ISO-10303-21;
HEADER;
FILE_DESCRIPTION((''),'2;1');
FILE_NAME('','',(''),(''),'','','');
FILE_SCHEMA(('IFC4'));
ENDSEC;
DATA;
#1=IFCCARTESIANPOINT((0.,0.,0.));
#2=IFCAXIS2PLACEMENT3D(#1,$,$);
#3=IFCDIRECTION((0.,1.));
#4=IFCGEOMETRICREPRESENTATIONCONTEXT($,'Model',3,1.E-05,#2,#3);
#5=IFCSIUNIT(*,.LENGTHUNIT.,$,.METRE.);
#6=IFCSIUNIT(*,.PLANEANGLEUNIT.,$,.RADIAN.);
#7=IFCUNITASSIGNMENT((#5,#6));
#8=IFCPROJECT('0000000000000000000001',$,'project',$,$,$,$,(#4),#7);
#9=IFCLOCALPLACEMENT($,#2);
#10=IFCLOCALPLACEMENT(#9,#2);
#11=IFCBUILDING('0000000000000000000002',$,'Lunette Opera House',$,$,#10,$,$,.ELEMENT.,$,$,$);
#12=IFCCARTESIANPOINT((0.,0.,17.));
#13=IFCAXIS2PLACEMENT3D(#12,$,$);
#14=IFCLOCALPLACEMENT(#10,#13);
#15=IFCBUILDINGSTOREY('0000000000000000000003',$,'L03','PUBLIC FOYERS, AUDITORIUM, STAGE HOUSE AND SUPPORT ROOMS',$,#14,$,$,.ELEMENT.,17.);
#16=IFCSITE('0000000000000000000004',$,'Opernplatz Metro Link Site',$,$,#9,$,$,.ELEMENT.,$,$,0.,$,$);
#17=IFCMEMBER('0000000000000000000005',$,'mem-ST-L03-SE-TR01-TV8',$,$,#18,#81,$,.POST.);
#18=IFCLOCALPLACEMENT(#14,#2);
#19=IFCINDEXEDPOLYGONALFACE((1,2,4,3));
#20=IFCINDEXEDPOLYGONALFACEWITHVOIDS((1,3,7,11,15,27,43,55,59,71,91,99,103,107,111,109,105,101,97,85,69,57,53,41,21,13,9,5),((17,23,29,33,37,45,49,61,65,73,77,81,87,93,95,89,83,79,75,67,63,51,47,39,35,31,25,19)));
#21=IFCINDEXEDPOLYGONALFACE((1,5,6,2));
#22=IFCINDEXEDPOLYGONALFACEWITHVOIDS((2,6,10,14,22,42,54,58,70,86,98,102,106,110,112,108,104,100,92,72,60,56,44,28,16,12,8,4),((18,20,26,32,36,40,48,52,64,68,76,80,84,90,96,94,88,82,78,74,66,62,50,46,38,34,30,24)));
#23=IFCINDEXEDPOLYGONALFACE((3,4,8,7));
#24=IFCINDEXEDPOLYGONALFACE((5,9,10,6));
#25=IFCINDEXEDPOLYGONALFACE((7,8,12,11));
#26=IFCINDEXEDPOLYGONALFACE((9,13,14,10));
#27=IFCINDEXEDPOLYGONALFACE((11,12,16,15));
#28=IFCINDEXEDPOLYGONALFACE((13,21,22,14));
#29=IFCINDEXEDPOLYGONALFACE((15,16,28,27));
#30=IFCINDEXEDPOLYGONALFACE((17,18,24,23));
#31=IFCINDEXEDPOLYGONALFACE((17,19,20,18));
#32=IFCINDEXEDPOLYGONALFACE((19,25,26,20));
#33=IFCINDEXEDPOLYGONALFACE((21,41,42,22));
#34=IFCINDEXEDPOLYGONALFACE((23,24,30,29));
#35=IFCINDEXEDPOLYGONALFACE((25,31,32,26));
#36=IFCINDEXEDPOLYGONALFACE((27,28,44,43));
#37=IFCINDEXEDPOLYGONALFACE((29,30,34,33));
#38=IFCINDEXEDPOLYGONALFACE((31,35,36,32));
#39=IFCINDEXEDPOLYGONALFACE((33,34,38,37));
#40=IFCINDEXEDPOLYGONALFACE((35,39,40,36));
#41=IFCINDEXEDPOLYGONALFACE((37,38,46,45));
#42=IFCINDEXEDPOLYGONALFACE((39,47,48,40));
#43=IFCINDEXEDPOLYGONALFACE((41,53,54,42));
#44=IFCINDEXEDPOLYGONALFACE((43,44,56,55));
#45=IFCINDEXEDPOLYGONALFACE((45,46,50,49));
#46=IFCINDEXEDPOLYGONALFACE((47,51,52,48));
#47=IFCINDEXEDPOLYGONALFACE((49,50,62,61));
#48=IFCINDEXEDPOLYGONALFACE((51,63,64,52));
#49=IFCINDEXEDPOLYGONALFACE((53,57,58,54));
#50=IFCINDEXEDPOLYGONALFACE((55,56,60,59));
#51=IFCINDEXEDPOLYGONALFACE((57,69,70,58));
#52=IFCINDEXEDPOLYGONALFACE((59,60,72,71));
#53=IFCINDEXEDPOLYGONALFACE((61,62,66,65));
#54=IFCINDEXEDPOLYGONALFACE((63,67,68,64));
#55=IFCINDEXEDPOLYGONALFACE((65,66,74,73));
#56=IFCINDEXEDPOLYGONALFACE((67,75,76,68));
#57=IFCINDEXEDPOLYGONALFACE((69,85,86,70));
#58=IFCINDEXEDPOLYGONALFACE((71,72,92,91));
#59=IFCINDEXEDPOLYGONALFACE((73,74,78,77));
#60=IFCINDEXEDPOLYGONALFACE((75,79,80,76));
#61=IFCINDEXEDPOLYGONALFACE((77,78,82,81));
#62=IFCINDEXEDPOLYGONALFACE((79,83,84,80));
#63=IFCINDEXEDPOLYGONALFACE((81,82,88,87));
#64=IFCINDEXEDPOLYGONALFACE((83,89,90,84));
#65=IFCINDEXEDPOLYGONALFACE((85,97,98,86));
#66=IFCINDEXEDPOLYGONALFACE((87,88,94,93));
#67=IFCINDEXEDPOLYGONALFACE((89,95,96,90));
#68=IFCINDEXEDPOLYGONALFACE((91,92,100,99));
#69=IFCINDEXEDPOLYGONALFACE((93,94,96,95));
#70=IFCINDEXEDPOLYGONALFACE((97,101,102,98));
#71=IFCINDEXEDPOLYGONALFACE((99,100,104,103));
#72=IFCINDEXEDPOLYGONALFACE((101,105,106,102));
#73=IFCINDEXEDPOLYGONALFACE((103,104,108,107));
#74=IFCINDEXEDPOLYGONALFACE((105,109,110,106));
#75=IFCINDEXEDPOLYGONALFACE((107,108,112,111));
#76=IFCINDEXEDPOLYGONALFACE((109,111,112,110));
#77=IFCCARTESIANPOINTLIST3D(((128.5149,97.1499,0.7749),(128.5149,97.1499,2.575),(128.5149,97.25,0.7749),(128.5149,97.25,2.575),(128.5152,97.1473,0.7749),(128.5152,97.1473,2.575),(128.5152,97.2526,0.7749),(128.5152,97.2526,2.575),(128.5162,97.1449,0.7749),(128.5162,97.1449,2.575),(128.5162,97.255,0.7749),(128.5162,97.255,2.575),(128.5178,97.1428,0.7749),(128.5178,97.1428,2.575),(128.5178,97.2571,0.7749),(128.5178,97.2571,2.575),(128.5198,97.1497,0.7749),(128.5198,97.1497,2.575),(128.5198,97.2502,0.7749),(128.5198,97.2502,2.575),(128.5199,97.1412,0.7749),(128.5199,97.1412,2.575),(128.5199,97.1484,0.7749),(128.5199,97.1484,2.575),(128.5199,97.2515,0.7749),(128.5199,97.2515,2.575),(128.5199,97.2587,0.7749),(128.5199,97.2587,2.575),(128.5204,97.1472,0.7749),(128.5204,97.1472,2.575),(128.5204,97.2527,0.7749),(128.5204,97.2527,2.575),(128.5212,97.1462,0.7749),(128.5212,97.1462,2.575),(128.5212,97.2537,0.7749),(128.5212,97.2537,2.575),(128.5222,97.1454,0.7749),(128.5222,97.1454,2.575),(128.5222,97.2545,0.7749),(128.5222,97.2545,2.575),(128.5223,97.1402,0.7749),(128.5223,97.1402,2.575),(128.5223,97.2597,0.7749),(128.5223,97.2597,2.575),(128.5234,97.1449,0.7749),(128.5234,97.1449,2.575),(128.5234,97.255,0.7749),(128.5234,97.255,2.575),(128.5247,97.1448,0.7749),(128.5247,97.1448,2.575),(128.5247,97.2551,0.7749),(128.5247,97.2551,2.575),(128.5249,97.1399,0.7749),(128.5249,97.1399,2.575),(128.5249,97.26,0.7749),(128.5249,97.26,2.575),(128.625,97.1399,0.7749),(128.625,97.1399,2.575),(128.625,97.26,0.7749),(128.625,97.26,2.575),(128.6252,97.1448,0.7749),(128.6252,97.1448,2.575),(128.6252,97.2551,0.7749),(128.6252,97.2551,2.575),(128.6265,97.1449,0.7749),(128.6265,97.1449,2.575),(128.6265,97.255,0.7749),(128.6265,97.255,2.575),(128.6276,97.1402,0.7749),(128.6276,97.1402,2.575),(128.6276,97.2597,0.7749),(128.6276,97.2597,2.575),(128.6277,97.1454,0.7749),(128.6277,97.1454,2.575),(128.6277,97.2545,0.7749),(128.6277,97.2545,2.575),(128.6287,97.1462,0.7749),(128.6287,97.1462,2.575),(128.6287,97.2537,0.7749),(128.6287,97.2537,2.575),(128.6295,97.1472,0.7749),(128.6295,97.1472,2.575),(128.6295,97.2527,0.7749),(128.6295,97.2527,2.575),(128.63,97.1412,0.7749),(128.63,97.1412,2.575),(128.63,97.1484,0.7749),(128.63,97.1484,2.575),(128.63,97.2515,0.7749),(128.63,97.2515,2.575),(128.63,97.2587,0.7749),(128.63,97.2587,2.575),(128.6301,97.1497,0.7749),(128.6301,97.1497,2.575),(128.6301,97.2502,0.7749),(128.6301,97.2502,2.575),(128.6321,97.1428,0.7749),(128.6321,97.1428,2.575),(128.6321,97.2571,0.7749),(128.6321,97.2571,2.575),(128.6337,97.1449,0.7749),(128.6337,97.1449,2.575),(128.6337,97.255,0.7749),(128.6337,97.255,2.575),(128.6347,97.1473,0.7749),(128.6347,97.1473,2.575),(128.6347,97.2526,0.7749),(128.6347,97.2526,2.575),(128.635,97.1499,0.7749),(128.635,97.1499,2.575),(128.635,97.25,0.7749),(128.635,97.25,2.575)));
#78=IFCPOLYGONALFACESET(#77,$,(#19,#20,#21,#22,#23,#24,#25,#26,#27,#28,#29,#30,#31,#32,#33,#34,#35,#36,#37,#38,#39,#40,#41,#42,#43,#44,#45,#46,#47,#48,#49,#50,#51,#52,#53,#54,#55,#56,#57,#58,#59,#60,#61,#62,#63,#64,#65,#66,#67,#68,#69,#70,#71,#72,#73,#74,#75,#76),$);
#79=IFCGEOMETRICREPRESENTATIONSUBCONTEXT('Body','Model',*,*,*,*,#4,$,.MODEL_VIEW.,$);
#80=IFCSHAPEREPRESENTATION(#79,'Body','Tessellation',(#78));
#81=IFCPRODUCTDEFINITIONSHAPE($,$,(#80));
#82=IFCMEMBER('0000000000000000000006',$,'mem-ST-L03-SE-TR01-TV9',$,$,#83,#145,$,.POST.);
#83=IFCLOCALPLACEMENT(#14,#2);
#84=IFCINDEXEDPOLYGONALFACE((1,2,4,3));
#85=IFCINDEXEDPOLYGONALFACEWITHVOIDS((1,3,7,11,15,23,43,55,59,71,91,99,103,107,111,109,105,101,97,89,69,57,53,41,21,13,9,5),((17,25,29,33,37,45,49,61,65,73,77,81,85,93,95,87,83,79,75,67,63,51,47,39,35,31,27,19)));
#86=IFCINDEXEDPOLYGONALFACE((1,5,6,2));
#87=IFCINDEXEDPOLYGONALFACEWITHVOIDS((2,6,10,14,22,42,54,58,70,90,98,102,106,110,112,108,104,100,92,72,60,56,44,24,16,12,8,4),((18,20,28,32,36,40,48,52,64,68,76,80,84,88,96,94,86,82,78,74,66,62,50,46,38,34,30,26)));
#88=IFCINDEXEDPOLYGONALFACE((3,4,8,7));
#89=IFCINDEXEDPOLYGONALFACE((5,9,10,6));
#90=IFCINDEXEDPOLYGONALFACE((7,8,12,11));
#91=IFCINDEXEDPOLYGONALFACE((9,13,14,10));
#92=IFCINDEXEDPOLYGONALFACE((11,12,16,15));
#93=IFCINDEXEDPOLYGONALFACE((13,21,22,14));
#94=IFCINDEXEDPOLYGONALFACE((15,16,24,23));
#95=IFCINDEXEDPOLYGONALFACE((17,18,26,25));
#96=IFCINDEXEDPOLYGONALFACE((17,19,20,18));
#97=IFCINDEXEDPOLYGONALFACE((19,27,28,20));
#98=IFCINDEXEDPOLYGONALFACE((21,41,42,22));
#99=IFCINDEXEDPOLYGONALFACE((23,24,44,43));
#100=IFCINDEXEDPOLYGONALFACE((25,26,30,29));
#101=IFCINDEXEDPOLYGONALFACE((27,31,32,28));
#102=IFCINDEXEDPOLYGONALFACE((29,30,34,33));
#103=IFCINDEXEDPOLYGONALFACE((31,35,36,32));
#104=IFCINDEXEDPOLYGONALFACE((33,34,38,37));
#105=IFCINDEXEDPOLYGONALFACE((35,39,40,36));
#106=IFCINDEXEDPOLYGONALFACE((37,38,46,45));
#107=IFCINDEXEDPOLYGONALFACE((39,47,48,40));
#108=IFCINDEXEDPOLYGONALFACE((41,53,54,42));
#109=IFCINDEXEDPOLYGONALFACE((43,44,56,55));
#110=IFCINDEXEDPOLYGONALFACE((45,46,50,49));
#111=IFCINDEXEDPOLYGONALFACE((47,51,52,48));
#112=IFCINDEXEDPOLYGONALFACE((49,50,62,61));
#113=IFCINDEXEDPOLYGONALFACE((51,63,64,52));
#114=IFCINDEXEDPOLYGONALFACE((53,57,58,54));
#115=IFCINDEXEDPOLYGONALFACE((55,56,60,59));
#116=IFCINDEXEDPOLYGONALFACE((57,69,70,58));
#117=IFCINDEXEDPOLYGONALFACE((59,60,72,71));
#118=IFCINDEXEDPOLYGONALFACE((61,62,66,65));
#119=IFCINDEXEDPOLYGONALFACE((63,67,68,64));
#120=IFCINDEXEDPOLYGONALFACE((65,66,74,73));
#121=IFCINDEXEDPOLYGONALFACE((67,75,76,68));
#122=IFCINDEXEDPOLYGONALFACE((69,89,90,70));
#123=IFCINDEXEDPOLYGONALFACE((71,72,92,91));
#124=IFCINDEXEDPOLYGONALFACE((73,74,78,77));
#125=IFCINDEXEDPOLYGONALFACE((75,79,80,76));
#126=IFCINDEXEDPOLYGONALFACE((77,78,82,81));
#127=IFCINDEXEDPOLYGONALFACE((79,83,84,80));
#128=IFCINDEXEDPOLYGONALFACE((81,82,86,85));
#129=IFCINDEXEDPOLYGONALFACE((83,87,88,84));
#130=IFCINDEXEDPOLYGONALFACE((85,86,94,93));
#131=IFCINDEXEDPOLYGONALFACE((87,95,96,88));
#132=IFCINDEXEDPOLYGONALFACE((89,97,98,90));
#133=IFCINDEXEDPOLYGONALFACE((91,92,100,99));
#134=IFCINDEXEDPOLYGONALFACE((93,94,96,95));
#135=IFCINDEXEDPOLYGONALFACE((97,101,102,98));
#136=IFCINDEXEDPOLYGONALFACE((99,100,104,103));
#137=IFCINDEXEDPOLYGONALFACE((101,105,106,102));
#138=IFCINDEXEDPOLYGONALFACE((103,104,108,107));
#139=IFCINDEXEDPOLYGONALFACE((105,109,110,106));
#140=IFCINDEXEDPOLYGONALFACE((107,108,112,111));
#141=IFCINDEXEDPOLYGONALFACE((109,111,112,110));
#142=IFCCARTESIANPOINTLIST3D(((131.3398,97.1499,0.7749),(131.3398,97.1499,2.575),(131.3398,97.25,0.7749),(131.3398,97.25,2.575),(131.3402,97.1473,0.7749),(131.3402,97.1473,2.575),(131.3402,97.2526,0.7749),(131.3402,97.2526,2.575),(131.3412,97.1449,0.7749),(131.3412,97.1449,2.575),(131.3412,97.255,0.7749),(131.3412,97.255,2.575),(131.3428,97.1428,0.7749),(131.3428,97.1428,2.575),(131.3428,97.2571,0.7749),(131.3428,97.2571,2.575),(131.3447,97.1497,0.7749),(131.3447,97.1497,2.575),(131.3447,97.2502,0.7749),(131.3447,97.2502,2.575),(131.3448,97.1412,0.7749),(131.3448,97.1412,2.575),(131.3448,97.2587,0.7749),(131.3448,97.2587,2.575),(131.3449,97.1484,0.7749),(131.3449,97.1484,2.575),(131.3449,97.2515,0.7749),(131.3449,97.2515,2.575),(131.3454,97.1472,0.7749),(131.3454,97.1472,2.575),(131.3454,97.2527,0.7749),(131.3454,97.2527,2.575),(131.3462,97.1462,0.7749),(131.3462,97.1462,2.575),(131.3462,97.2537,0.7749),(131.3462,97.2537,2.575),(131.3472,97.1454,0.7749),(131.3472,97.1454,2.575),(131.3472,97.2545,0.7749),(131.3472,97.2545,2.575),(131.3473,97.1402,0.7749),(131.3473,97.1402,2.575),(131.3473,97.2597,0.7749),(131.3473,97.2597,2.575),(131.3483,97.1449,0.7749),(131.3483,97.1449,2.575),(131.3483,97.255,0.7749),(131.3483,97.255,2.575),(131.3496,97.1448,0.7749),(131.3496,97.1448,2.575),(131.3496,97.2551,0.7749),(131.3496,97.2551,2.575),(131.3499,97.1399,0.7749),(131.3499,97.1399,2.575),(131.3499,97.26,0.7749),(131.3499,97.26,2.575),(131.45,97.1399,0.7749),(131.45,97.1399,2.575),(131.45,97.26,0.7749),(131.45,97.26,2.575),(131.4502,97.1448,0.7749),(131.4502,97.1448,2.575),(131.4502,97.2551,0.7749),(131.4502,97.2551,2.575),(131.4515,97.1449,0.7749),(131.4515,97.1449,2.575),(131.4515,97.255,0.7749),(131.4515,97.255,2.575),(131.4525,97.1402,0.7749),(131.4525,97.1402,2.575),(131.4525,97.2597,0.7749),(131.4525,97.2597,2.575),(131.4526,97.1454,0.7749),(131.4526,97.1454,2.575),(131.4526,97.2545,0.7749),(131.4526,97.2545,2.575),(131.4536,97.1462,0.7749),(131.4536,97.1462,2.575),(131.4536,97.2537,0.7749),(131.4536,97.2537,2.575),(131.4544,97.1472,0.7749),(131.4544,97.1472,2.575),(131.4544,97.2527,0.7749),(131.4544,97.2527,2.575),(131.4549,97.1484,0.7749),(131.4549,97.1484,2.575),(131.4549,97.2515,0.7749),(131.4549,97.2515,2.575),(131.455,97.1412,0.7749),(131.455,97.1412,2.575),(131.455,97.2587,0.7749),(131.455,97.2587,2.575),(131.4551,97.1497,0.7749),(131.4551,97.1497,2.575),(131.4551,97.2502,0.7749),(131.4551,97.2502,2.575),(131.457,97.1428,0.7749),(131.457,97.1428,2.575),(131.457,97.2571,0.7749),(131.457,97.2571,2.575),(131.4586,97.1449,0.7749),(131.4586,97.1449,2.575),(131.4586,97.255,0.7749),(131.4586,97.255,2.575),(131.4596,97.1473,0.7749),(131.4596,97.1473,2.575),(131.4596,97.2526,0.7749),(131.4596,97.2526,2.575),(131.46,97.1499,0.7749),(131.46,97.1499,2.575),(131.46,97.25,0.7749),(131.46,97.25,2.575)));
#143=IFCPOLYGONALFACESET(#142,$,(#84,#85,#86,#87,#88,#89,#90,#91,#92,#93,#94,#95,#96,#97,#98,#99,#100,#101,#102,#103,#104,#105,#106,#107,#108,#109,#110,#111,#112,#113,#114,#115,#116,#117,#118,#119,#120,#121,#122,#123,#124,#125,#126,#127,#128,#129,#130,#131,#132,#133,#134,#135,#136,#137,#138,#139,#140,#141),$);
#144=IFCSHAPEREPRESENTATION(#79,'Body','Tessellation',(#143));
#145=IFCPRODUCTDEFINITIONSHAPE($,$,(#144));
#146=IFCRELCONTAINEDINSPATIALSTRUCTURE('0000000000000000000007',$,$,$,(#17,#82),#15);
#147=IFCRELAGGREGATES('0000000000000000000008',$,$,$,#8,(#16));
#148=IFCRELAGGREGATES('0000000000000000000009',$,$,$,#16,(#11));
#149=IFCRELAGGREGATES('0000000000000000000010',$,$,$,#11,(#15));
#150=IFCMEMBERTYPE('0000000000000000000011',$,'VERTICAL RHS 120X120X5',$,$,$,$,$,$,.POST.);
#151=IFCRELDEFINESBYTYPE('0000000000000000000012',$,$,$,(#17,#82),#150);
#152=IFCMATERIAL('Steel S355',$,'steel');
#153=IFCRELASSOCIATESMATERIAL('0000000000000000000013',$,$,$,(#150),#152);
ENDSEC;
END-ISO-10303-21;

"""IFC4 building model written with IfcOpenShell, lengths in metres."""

from ifc_helpers import new_model, si_unit, direction, frame, origin, origin_2d, place, context, subcontext, project, spatial, hollow_rectangle, extrude, material, material_profile, profile_set, type_object, element, save


model = new_model("IFC4")

# Units and contexts
model_context = context("Model", 3, precision=1e-05, world=origin(), true_north=direction((0.0, 1.0)))
body_context = subcontext(model_context, "Body", "Model", "MODEL_VIEW")
ifc_project = project(units=[si_unit("LENGTHUNIT", "METRE"), si_unit("PLANEANGLEUNIT", "RADIAN")], contexts=[model_context])

# Site, building, storey
site_placement = place(None, origin())
site = spatial("IfcSite", under=ifc_project, at=site_placement, Name="Opernplatz Metro Link Site", CompositionType="ELEMENT", RefElevation=0.0)
building_placement = place(site_placement, origin())
building = spatial("IfcBuilding", under=site, at=building_placement, Name="Lunette Opera House", CompositionType="ELEMENT")
storey_placement = place(building_placement, frame((0.0, 0.0, 17.0)))
storey = spatial("IfcBuildingStorey", under=building, at=storey_placement, Name="L03", Description="PUBLIC FOYERS, AUDITORIUM, STAGE HOUSE AND SUPPORT ROOMS", CompositionType="ELEMENT", Elevation=17.0)

# Members
ifc_material_1 = material(Name="Steel S355", Category="steel")
ifc_material_profile_1 = material_profile(ifc_material_1, hollow_rectangle(XDim=0.1201, YDim=0.1201, WallThickness=0.0049, InnerFilletRadius=0.0049, OuterFilletRadius=0.01, at=origin_2d()), Name="RHS 120X120X5")
ifc_profile_set_1 = profile_set([ifc_material_profile_1], Name="Steel S355")
member_type_1 = type_object("IfcMemberType", Name="VERTICAL RHS 120X120X5", PredefinedType="POST", material=ifc_profile_set_1)
for number, where, z_axis, x_axis, name in (
    (1, (128.575, 97.2, 0.7749), (0.0, 0.0, 1.0), (1.0, 0.0, 0.0), "mem-ST-L03-SE-TR01-TV8"),
    (2, (131.3999, 97.2, 0.7749), (0.0, 0.0, 1.0), (1.0, 0.0, 0.0), "mem-ST-L03-SE-TR01-TV9"),
):
    element("IfcMember", number, at=place(storey_placement, frame(where, z_axis=z_axis, x_axis=x_axis)), inside=storey, type_object=member_type_1, Name=name, PredefinedType="POST", context=body_context, shape_type="SweptSolid", body=[
        extrude(hollow_rectangle(XDim=0.1201, YDim=0.1201, WallThickness=0.0049, InnerFilletRadius=0.0049, OuterFilletRadius=0.01, at=origin_2d()), origin(), (0.0, 0.0, 1.0), 1.8),
    ])

save(model, "model.ifc")
